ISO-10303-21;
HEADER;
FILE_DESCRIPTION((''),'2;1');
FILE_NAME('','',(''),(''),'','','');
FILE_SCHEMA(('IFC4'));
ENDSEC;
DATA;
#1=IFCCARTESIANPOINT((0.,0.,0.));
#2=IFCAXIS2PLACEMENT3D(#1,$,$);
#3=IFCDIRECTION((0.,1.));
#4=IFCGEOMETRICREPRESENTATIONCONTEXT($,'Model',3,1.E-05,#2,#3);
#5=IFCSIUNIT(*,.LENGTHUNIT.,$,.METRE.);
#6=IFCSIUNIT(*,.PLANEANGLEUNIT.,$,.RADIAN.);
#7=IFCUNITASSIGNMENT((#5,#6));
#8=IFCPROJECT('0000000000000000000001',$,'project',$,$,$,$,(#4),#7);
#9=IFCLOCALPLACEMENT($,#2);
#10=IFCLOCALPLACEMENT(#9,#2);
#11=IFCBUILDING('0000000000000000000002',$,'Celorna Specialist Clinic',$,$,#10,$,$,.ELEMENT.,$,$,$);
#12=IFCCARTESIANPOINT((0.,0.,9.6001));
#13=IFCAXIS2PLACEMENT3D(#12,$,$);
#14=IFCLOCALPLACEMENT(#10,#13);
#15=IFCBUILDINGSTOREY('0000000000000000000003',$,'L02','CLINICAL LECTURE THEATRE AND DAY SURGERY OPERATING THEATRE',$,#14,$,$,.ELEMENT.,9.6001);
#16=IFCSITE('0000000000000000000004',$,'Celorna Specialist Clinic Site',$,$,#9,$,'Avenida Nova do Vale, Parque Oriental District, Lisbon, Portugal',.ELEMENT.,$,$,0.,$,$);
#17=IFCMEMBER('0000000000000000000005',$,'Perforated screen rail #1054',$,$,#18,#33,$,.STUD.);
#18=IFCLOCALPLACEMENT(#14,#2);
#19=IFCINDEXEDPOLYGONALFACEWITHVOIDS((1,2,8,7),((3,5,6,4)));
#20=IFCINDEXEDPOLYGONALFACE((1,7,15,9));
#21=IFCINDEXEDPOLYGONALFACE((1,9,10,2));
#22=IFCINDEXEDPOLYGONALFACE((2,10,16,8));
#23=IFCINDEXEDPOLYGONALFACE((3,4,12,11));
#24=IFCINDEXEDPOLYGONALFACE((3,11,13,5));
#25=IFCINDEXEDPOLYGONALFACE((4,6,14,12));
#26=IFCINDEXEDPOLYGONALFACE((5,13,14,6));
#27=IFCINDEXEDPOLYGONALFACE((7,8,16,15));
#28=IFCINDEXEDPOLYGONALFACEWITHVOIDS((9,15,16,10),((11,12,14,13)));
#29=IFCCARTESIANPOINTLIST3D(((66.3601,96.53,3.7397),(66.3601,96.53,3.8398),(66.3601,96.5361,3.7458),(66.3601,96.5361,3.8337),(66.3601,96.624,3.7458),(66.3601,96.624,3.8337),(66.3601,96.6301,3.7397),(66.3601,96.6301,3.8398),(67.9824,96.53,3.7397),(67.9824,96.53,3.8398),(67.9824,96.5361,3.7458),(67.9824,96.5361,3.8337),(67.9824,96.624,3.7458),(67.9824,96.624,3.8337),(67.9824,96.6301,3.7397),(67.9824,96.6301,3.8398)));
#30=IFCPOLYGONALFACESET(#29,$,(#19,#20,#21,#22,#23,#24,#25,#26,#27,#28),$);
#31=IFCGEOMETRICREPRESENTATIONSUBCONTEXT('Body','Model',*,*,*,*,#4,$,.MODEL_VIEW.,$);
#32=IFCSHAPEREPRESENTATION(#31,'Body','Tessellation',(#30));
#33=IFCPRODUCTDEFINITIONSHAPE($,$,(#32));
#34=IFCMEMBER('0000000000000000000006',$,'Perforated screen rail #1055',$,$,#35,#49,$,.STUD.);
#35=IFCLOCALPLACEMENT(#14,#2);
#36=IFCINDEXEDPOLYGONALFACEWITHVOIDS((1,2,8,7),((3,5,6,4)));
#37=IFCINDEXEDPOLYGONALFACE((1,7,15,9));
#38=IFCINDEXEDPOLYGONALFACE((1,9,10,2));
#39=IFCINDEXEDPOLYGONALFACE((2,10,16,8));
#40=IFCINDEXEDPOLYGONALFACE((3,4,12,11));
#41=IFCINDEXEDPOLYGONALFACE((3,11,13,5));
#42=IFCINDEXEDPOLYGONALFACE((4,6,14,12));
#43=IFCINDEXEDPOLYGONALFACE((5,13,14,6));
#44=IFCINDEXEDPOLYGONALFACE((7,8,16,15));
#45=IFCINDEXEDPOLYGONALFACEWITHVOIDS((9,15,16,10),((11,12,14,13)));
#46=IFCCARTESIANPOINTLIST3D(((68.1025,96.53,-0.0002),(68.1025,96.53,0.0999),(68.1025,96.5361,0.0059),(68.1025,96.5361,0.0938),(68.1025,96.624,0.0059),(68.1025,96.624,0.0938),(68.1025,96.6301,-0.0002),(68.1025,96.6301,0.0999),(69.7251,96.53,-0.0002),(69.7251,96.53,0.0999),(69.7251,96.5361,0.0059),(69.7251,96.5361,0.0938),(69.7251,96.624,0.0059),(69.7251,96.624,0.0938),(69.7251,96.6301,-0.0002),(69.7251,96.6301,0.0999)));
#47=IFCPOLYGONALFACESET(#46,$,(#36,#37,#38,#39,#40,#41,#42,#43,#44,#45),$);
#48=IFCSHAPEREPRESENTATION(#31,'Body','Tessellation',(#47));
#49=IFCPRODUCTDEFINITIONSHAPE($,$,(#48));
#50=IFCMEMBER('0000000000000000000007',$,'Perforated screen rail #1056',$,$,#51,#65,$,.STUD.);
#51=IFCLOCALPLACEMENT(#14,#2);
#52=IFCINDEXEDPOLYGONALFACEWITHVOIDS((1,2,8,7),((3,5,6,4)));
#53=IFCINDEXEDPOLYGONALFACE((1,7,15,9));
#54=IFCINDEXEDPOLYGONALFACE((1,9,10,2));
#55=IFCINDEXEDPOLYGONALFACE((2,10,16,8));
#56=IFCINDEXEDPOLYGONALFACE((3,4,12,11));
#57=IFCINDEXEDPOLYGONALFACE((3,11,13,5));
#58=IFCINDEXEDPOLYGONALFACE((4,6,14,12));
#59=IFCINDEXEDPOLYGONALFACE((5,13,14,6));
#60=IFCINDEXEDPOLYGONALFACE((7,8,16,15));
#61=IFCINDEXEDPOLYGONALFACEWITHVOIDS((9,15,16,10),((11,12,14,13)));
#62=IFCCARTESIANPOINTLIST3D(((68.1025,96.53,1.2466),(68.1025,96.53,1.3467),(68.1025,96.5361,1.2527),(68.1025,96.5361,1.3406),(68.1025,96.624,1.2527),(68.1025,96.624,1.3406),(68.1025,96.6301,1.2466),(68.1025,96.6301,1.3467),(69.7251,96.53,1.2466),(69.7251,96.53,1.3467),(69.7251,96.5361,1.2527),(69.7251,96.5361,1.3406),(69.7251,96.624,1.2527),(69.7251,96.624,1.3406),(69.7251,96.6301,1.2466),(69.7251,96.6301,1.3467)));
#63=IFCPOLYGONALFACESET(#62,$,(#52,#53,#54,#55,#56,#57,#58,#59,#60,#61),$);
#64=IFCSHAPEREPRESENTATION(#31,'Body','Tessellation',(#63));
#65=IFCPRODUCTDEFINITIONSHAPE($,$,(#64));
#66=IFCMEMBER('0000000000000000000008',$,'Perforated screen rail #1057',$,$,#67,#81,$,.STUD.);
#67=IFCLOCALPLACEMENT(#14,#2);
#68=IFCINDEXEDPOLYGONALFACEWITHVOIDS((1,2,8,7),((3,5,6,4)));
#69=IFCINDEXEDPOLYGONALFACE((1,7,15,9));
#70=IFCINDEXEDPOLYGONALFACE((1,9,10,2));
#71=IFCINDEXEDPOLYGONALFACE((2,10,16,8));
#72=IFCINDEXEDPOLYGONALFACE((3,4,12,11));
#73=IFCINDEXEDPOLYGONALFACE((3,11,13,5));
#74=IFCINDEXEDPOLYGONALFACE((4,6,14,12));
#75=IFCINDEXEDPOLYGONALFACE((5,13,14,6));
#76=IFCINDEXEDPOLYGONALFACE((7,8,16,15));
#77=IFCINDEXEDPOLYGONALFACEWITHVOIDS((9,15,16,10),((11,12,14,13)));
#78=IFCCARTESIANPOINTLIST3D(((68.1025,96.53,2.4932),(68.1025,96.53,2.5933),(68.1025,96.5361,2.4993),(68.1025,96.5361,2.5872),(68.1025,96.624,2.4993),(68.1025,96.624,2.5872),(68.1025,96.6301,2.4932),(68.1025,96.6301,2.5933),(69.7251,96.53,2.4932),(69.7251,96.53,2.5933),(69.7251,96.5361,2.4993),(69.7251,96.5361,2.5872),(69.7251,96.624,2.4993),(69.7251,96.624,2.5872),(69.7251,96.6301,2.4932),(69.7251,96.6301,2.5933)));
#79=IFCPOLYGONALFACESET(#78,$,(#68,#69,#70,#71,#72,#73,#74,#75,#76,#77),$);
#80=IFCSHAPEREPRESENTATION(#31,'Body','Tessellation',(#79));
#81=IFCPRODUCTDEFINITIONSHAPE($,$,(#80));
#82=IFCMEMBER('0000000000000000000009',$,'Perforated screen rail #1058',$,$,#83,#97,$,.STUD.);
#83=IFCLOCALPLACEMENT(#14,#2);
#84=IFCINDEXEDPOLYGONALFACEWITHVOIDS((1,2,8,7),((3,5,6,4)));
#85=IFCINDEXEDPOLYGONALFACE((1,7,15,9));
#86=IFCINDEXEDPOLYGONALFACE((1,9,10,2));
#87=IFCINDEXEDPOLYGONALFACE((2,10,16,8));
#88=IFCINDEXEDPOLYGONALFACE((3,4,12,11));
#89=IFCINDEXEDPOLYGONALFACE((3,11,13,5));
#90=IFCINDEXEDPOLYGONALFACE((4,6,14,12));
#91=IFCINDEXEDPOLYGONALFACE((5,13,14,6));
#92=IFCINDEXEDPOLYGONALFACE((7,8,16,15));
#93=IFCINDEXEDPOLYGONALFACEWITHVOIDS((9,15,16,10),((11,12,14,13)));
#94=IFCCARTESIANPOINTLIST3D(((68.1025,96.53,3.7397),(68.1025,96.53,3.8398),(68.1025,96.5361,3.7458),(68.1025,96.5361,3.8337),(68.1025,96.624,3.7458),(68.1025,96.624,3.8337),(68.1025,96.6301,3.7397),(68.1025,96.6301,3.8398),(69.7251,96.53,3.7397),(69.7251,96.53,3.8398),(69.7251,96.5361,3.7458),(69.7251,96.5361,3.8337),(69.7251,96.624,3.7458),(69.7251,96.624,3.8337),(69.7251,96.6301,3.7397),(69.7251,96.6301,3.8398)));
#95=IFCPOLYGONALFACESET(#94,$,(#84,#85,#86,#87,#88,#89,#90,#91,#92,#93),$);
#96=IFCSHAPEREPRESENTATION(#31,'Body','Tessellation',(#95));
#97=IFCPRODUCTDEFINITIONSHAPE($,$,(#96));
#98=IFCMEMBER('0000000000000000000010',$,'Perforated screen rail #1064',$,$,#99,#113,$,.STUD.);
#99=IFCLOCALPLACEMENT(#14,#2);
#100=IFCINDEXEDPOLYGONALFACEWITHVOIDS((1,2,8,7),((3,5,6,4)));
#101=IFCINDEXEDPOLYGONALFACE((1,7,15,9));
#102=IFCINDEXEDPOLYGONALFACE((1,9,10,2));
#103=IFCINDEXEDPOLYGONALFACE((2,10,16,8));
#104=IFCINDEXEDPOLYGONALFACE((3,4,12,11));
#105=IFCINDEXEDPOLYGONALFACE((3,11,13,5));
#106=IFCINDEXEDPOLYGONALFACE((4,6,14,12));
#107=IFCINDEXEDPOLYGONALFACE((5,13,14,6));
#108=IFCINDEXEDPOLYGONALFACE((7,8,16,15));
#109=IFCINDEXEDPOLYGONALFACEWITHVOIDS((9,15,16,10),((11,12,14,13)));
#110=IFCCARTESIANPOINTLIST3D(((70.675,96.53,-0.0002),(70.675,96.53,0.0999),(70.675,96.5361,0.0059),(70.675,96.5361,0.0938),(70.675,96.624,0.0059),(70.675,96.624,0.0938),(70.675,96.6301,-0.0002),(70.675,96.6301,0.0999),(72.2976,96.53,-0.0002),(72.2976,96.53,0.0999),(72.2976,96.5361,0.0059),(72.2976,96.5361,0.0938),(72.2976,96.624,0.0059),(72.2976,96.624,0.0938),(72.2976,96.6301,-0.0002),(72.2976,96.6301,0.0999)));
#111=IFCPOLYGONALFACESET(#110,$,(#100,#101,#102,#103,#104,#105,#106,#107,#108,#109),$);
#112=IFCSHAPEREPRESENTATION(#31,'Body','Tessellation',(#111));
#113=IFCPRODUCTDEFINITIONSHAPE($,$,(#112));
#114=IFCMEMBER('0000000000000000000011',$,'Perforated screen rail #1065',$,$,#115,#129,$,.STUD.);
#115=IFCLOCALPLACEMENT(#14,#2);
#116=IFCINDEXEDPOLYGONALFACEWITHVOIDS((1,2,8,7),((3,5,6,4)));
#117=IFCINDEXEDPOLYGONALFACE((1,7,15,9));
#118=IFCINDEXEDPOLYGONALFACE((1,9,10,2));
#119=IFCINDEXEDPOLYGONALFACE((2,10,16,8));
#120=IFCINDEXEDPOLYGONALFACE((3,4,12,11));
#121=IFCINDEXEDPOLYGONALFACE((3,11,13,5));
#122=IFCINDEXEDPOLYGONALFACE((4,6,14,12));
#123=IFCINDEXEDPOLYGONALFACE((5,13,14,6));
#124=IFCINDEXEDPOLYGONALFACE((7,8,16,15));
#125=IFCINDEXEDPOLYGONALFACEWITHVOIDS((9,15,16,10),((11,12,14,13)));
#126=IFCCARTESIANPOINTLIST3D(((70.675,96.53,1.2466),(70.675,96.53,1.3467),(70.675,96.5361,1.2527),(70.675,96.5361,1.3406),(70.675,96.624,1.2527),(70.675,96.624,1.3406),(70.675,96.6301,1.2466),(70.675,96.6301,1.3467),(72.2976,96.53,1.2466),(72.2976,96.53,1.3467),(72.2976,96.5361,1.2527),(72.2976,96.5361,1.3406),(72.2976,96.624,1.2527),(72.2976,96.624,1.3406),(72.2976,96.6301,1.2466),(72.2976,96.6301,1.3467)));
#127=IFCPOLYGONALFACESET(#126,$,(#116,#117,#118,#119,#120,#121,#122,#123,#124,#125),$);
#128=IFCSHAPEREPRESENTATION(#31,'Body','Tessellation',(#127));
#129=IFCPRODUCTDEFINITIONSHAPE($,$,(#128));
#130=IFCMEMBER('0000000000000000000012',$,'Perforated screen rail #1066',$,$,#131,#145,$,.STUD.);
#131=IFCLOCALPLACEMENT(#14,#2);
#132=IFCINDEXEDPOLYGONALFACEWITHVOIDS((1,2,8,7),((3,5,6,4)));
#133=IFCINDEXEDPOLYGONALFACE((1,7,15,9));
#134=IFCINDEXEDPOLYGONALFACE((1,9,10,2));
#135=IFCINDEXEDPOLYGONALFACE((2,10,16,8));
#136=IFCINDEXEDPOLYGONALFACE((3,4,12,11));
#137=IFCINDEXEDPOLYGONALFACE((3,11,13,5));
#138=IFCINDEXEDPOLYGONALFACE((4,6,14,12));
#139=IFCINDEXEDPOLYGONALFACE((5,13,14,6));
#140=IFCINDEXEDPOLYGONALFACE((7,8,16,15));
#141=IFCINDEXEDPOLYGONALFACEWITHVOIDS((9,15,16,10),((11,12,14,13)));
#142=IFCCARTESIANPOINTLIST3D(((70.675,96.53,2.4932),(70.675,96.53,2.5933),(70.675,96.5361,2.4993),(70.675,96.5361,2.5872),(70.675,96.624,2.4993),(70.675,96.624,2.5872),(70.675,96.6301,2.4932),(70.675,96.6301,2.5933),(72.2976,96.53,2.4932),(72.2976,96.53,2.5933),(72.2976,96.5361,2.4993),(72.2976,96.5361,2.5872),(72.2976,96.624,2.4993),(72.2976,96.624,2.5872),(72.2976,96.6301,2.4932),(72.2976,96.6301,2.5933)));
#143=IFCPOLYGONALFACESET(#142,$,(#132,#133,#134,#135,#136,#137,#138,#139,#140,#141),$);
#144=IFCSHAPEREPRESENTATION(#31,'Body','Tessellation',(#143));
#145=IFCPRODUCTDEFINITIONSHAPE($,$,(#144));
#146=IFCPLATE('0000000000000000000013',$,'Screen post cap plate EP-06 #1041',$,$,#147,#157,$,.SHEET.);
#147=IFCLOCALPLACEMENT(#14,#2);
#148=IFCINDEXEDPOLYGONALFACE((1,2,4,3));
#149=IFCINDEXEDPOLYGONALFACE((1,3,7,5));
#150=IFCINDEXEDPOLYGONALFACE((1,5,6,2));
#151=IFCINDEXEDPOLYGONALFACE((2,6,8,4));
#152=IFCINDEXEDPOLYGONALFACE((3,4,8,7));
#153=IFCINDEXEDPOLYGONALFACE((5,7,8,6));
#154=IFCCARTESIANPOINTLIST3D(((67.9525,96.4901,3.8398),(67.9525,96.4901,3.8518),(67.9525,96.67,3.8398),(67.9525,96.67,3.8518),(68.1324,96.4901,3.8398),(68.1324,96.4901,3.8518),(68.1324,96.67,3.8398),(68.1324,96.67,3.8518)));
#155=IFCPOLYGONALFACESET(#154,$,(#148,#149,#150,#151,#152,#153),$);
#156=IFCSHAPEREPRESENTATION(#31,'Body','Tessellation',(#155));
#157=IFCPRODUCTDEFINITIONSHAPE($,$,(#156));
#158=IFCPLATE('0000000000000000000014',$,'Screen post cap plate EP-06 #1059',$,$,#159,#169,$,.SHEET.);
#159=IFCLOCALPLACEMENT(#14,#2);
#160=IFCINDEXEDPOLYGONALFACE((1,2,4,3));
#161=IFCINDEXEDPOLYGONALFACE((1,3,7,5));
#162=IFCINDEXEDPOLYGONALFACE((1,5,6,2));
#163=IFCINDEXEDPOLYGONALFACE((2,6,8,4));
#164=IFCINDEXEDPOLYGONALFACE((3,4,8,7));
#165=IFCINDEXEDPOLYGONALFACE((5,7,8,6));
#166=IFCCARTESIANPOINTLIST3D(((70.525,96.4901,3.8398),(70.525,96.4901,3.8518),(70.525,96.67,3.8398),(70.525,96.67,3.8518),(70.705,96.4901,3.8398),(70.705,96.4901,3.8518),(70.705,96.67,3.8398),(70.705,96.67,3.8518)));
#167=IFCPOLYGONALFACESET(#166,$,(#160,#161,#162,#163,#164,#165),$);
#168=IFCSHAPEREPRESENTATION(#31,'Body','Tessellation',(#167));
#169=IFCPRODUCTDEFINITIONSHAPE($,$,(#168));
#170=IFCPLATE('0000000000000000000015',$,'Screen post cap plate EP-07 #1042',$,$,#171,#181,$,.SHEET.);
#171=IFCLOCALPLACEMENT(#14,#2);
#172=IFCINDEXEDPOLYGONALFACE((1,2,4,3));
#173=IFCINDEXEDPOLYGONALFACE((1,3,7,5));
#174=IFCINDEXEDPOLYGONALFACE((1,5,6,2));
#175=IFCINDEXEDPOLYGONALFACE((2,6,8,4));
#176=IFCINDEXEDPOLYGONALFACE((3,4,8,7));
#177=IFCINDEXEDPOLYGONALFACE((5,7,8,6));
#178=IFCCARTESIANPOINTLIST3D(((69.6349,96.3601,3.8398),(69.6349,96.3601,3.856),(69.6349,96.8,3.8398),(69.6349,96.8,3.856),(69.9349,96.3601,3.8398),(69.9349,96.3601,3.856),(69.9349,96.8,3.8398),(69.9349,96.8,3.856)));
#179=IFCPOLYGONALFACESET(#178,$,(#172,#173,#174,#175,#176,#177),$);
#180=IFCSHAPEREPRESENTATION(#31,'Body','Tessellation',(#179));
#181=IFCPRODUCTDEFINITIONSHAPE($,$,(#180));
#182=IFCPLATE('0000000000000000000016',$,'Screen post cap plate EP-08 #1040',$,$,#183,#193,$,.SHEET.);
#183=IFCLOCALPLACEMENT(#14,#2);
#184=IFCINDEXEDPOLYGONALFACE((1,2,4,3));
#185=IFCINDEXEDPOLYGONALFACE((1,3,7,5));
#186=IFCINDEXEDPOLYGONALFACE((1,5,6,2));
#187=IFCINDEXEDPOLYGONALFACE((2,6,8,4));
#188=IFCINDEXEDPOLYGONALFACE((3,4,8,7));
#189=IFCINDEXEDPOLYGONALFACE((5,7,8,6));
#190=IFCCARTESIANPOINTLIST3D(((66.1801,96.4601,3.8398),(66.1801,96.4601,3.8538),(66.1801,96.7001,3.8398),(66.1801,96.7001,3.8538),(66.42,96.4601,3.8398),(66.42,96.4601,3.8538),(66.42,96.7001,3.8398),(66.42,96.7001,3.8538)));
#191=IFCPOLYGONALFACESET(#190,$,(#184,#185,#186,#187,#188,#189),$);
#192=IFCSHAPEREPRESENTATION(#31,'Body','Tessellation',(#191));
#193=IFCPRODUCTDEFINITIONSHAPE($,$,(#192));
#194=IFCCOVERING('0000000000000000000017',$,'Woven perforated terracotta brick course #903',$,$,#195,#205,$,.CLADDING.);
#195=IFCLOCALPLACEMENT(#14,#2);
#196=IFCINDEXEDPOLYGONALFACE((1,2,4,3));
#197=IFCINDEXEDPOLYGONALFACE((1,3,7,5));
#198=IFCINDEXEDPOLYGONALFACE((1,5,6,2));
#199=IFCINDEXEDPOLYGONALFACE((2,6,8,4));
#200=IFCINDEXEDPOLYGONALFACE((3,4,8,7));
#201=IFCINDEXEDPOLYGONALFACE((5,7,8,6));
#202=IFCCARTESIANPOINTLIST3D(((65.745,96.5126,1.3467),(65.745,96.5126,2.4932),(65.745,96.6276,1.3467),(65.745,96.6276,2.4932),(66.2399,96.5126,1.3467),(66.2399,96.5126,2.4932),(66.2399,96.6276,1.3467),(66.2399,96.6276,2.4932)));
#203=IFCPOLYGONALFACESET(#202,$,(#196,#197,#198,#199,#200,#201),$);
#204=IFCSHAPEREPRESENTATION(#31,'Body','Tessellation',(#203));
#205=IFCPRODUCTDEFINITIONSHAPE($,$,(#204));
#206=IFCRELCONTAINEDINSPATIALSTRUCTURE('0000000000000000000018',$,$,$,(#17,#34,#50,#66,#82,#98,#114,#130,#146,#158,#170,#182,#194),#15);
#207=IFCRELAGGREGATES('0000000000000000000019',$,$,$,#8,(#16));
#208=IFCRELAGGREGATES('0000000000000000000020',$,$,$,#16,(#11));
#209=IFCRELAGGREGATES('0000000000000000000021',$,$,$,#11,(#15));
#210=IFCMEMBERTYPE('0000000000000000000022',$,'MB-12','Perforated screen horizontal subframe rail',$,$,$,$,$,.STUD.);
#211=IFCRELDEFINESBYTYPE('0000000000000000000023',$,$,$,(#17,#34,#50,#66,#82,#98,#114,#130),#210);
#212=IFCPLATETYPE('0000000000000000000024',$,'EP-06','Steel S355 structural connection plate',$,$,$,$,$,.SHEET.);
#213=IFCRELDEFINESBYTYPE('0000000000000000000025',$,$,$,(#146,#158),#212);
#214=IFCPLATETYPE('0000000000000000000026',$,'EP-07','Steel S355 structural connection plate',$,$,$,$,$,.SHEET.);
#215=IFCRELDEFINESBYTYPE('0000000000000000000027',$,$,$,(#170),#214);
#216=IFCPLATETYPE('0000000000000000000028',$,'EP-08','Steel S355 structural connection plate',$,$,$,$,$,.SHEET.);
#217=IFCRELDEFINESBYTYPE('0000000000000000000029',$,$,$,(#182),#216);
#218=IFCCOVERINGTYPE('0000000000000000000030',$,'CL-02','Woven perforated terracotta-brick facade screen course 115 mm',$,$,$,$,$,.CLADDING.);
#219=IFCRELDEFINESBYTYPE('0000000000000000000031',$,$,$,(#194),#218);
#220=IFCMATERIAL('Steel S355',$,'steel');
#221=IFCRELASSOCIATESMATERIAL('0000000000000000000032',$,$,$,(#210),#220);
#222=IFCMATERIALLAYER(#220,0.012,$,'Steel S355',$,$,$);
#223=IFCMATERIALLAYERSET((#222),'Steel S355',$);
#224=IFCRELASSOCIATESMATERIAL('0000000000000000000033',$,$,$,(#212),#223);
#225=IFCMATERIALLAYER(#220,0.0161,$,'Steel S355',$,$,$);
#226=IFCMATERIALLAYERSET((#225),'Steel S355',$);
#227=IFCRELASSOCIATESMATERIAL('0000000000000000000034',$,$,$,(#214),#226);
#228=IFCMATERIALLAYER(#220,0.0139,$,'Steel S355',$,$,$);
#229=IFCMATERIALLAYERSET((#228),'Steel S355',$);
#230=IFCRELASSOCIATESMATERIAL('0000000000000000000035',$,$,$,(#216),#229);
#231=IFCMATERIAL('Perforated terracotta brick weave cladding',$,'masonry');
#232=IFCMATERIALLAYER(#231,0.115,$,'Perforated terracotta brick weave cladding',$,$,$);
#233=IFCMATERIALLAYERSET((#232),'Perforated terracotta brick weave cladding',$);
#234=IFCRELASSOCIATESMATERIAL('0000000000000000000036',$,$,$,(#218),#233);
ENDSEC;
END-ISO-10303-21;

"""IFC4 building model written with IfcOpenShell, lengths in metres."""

from ifc_helpers import new_model, si_unit, direction, frame, origin, origin_2d, place, context, subcontext, project, spatial, rectangle, hollow_rectangle, extrude, material, layer, layer_set, material_profile, profile_set, type_object, element, save


model = new_model("IFC4")

# Units and contexts
model_context = context("Model", 3, precision=1e-05, world=origin(), true_north=direction((0.0, 1.0)))
body_context = subcontext(model_context, "Body", "Model", "MODEL_VIEW")
ifc_project = project(units=[si_unit("LENGTHUNIT", "METRE"), si_unit("PLANEANGLEUNIT", "RADIAN")], contexts=[model_context])

# Site, building, storey
site_placement = place(None, origin())
site = spatial("IfcSite", under=ifc_project, at=site_placement, Name="Celorna Specialist Clinic Site", LongName="Avenida Nova do Vale, Parque Oriental District, Lisbon, Portugal", CompositionType="ELEMENT", RefElevation=0.0)
building_placement = place(site_placement, origin())
building = spatial("IfcBuilding", under=site, at=building_placement, Name="Celorna Specialist Clinic", CompositionType="ELEMENT")
storey_placement = place(building_placement, frame((0.0, 0.0, 9.6001)))
storey = spatial("IfcBuildingStorey", under=building, at=storey_placement, Name="L02", Description="CLINICAL LECTURE THEATRE AND DAY SURGERY OPERATING THEATRE", CompositionType="ELEMENT", Elevation=9.6001)

# Shared definitions
ifc_material_1 = material(Name="Steel S355", Category="steel")

# Members
ifc_material_profile_1 = material_profile(ifc_material_1, hollow_rectangle(XDim=0.1001, YDim=0.1001, WallThickness=0.0061, at=origin_2d()), Name="SHS 100x100x6")
ifc_profile_set_1 = profile_set([ifc_material_profile_1], Name="Steel S355")
member_type_1 = type_object("IfcMemberType", Name="MB-12", Description="Perforated screen horizontal subframe rail", PredefinedType="STUD", material=ifc_profile_set_1)
for number, where, z_axis, x_axis, name in (
    (1, (66.3601, 96.5801, 3.7898), (1.0, 0.0, 0.0), (0.0, 1.0, 0.0), "Perforated screen rail #1054"),
):
    element("IfcMember", number, at=place(storey_placement, frame(where, z_axis=z_axis, x_axis=x_axis)), inside=storey, type_object=member_type_1, Name=name, PredefinedType="STUD", context=body_context, shape_type="SweptSolid", body=[
        extrude(hollow_rectangle(XDim=0.1001, YDim=0.1001, WallThickness=0.0061, at=origin_2d()), origin(), (0.0, 0.0, 1.0), 1.6223),
    ])
for number, where, z_axis, x_axis, name in (
    (2, (68.1025, 96.5801, 0.0498), (1.0, 0.0, 0.0), (0.0, 1.0, 0.0), "Perforated screen rail #1055"),
    (3, (68.1025, 96.5801, 1.2966), (1.0, 0.0, 0.0), (0.0, 1.0, 0.0), "Perforated screen rail #1056"),
    (4, (68.1025, 96.5801, 2.5432), (1.0, 0.0, 0.0), (0.0, 1.0, 0.0), "Perforated screen rail #1057"),
    (5, (68.1025, 96.5801, 3.7898), (1.0, 0.0, 0.0), (0.0, 1.0, 0.0), "Perforated screen rail #1058"),
    (6, (70.675, 96.5801, 0.0498), (1.0, 0.0, 0.0), (0.0, 1.0, 0.0), "Perforated screen rail #1064"),
    (7, (70.675, 96.5801, 1.2966), (1.0, 0.0, 0.0), (0.0, 1.0, 0.0), "Perforated screen rail #1065"),
    (8, (70.675, 96.5801, 2.5432), (1.0, 0.0, 0.0), (0.0, 1.0, 0.0), "Perforated screen rail #1066"),
):
    element("IfcMember", number, at=place(storey_placement, frame(where, z_axis=z_axis, x_axis=x_axis)), inside=storey, type_object=member_type_1, Name=name, PredefinedType="STUD", context=body_context, shape_type="SweptSolid", body=[
        extrude(hollow_rectangle(XDim=0.1001, YDim=0.1001, WallThickness=0.0061, at=origin_2d()), origin(), (0.0, 0.0, 1.0), 1.6226),
    ])

# Plates
ifc_layer_1 = layer(ifc_material_1, 0.012, Name="Steel S355")
ifc_layer_set_1 = layer_set([ifc_layer_1], Name="Steel S355")
plate_type_1 = type_object("IfcPlateType", Name="EP-06", Description="Steel S355 structural connection plate", PredefinedType="SHEET", material=ifc_layer_set_1)
for number, where, z_axis, x_axis, name in (
    (9, (68.0425, 96.5801, 3.8398), (0.0, 0.0, 1.0), (1.0, 0.0, 0.0), "Screen post cap plate EP-06 #1041"),
    (10, (70.615, 96.5801, 3.8398), (0.0, 0.0, 1.0), (1.0, 0.0, 0.0), "Screen post cap plate EP-06 #1059"),
):
    element("IfcPlate", number, at=place(storey_placement, frame(where, z_axis=z_axis, x_axis=x_axis)), inside=storey, type_object=plate_type_1, Name=name, PredefinedType="SHEET", context=body_context, shape_type="SweptSolid", body=[
        extrude(rectangle(XDim=0.1799, YDim=0.1799, at=origin_2d()), origin(), (0.0, 0.0, 1.0), 0.012),
    ])
ifc_layer_2 = layer(ifc_material_1, 0.0161, Name="Steel S355")
ifc_layer_set_2 = layer_set([ifc_layer_2], Name="Steel S355")
plate_type_2 = type_object("IfcPlateType", Name="EP-07", Description="Steel S355 structural connection plate", PredefinedType="SHEET", material=ifc_layer_set_2)
plate_1_placement = place(storey_placement, frame((69.7849, 96.5801, 3.8398), z_axis=(0.0, 0.0, 1.0), x_axis=(1.0, 0.0, 0.0)))
element("IfcPlate", 11, at=plate_1_placement, inside=storey, type_object=plate_type_2, Name="Screen post cap plate EP-07 #1042", PredefinedType="SHEET", context=body_context, shape_type="SweptSolid", body=[
    extrude(rectangle(XDim=0.3, YDim=0.4399, at=origin_2d()), origin(), (0.0, 0.0, 1.0), 0.0161),
])
ifc_layer_3 = layer(ifc_material_1, 0.0139, Name="Steel S355")
ifc_layer_set_3 = layer_set([ifc_layer_3], Name="Steel S355")
plate_type_3 = type_object("IfcPlateType", Name="EP-08", Description="Steel S355 structural connection plate", PredefinedType="SHEET", material=ifc_layer_set_3)
plate_2_placement = place(storey_placement, frame((66.3, 96.5801, 3.8398), z_axis=(0.0, 0.0, 1.0), x_axis=(1.0, 0.0, 0.0)))
element("IfcPlate", 12, at=plate_2_placement, inside=storey, type_object=plate_type_3, Name="Screen post cap plate EP-08 #1040", PredefinedType="SHEET", context=body_context, shape_type="SweptSolid", body=[
    extrude(rectangle(XDim=0.24, YDim=0.24, at=origin_2d()), origin(), (0.0, 0.0, 1.0), 0.0139),
])

# Covering
ifc_material_2 = material(Name="Perforated terracotta brick weave cladding", Category="masonry")
ifc_layer_4 = layer(ifc_material_2, 0.115, Name="Perforated terracotta brick weave cladding")
ifc_layer_set_4 = layer_set([ifc_layer_4], Name="Perforated terracotta brick weave cladding")
covering_type = type_object("IfcCoveringType", Name="CL-02", Description="Woven perforated terracotta-brick facade screen course 115 mm", PredefinedType="CLADDING", material=ifc_layer_set_4)
covering_1_placement = place(storey_placement, frame((65.9924, 96.5701, 1.3467), z_axis=(0.0, 0.0, 1.0), x_axis=(1.0, 0.0, 0.0)))
element("IfcCovering", 13, at=covering_1_placement, inside=storey, type_object=covering_type, Name="Woven perforated terracotta brick course #903", PredefinedType="CLADDING", context=body_context, shape_type="SweptSolid", body=[
    extrude(rectangle(XDim=0.4949, YDim=0.115, at=origin_2d()), origin(), (0.0, 0.0, 1.0), 1.1465),
])

save(model, "model.ifc")
